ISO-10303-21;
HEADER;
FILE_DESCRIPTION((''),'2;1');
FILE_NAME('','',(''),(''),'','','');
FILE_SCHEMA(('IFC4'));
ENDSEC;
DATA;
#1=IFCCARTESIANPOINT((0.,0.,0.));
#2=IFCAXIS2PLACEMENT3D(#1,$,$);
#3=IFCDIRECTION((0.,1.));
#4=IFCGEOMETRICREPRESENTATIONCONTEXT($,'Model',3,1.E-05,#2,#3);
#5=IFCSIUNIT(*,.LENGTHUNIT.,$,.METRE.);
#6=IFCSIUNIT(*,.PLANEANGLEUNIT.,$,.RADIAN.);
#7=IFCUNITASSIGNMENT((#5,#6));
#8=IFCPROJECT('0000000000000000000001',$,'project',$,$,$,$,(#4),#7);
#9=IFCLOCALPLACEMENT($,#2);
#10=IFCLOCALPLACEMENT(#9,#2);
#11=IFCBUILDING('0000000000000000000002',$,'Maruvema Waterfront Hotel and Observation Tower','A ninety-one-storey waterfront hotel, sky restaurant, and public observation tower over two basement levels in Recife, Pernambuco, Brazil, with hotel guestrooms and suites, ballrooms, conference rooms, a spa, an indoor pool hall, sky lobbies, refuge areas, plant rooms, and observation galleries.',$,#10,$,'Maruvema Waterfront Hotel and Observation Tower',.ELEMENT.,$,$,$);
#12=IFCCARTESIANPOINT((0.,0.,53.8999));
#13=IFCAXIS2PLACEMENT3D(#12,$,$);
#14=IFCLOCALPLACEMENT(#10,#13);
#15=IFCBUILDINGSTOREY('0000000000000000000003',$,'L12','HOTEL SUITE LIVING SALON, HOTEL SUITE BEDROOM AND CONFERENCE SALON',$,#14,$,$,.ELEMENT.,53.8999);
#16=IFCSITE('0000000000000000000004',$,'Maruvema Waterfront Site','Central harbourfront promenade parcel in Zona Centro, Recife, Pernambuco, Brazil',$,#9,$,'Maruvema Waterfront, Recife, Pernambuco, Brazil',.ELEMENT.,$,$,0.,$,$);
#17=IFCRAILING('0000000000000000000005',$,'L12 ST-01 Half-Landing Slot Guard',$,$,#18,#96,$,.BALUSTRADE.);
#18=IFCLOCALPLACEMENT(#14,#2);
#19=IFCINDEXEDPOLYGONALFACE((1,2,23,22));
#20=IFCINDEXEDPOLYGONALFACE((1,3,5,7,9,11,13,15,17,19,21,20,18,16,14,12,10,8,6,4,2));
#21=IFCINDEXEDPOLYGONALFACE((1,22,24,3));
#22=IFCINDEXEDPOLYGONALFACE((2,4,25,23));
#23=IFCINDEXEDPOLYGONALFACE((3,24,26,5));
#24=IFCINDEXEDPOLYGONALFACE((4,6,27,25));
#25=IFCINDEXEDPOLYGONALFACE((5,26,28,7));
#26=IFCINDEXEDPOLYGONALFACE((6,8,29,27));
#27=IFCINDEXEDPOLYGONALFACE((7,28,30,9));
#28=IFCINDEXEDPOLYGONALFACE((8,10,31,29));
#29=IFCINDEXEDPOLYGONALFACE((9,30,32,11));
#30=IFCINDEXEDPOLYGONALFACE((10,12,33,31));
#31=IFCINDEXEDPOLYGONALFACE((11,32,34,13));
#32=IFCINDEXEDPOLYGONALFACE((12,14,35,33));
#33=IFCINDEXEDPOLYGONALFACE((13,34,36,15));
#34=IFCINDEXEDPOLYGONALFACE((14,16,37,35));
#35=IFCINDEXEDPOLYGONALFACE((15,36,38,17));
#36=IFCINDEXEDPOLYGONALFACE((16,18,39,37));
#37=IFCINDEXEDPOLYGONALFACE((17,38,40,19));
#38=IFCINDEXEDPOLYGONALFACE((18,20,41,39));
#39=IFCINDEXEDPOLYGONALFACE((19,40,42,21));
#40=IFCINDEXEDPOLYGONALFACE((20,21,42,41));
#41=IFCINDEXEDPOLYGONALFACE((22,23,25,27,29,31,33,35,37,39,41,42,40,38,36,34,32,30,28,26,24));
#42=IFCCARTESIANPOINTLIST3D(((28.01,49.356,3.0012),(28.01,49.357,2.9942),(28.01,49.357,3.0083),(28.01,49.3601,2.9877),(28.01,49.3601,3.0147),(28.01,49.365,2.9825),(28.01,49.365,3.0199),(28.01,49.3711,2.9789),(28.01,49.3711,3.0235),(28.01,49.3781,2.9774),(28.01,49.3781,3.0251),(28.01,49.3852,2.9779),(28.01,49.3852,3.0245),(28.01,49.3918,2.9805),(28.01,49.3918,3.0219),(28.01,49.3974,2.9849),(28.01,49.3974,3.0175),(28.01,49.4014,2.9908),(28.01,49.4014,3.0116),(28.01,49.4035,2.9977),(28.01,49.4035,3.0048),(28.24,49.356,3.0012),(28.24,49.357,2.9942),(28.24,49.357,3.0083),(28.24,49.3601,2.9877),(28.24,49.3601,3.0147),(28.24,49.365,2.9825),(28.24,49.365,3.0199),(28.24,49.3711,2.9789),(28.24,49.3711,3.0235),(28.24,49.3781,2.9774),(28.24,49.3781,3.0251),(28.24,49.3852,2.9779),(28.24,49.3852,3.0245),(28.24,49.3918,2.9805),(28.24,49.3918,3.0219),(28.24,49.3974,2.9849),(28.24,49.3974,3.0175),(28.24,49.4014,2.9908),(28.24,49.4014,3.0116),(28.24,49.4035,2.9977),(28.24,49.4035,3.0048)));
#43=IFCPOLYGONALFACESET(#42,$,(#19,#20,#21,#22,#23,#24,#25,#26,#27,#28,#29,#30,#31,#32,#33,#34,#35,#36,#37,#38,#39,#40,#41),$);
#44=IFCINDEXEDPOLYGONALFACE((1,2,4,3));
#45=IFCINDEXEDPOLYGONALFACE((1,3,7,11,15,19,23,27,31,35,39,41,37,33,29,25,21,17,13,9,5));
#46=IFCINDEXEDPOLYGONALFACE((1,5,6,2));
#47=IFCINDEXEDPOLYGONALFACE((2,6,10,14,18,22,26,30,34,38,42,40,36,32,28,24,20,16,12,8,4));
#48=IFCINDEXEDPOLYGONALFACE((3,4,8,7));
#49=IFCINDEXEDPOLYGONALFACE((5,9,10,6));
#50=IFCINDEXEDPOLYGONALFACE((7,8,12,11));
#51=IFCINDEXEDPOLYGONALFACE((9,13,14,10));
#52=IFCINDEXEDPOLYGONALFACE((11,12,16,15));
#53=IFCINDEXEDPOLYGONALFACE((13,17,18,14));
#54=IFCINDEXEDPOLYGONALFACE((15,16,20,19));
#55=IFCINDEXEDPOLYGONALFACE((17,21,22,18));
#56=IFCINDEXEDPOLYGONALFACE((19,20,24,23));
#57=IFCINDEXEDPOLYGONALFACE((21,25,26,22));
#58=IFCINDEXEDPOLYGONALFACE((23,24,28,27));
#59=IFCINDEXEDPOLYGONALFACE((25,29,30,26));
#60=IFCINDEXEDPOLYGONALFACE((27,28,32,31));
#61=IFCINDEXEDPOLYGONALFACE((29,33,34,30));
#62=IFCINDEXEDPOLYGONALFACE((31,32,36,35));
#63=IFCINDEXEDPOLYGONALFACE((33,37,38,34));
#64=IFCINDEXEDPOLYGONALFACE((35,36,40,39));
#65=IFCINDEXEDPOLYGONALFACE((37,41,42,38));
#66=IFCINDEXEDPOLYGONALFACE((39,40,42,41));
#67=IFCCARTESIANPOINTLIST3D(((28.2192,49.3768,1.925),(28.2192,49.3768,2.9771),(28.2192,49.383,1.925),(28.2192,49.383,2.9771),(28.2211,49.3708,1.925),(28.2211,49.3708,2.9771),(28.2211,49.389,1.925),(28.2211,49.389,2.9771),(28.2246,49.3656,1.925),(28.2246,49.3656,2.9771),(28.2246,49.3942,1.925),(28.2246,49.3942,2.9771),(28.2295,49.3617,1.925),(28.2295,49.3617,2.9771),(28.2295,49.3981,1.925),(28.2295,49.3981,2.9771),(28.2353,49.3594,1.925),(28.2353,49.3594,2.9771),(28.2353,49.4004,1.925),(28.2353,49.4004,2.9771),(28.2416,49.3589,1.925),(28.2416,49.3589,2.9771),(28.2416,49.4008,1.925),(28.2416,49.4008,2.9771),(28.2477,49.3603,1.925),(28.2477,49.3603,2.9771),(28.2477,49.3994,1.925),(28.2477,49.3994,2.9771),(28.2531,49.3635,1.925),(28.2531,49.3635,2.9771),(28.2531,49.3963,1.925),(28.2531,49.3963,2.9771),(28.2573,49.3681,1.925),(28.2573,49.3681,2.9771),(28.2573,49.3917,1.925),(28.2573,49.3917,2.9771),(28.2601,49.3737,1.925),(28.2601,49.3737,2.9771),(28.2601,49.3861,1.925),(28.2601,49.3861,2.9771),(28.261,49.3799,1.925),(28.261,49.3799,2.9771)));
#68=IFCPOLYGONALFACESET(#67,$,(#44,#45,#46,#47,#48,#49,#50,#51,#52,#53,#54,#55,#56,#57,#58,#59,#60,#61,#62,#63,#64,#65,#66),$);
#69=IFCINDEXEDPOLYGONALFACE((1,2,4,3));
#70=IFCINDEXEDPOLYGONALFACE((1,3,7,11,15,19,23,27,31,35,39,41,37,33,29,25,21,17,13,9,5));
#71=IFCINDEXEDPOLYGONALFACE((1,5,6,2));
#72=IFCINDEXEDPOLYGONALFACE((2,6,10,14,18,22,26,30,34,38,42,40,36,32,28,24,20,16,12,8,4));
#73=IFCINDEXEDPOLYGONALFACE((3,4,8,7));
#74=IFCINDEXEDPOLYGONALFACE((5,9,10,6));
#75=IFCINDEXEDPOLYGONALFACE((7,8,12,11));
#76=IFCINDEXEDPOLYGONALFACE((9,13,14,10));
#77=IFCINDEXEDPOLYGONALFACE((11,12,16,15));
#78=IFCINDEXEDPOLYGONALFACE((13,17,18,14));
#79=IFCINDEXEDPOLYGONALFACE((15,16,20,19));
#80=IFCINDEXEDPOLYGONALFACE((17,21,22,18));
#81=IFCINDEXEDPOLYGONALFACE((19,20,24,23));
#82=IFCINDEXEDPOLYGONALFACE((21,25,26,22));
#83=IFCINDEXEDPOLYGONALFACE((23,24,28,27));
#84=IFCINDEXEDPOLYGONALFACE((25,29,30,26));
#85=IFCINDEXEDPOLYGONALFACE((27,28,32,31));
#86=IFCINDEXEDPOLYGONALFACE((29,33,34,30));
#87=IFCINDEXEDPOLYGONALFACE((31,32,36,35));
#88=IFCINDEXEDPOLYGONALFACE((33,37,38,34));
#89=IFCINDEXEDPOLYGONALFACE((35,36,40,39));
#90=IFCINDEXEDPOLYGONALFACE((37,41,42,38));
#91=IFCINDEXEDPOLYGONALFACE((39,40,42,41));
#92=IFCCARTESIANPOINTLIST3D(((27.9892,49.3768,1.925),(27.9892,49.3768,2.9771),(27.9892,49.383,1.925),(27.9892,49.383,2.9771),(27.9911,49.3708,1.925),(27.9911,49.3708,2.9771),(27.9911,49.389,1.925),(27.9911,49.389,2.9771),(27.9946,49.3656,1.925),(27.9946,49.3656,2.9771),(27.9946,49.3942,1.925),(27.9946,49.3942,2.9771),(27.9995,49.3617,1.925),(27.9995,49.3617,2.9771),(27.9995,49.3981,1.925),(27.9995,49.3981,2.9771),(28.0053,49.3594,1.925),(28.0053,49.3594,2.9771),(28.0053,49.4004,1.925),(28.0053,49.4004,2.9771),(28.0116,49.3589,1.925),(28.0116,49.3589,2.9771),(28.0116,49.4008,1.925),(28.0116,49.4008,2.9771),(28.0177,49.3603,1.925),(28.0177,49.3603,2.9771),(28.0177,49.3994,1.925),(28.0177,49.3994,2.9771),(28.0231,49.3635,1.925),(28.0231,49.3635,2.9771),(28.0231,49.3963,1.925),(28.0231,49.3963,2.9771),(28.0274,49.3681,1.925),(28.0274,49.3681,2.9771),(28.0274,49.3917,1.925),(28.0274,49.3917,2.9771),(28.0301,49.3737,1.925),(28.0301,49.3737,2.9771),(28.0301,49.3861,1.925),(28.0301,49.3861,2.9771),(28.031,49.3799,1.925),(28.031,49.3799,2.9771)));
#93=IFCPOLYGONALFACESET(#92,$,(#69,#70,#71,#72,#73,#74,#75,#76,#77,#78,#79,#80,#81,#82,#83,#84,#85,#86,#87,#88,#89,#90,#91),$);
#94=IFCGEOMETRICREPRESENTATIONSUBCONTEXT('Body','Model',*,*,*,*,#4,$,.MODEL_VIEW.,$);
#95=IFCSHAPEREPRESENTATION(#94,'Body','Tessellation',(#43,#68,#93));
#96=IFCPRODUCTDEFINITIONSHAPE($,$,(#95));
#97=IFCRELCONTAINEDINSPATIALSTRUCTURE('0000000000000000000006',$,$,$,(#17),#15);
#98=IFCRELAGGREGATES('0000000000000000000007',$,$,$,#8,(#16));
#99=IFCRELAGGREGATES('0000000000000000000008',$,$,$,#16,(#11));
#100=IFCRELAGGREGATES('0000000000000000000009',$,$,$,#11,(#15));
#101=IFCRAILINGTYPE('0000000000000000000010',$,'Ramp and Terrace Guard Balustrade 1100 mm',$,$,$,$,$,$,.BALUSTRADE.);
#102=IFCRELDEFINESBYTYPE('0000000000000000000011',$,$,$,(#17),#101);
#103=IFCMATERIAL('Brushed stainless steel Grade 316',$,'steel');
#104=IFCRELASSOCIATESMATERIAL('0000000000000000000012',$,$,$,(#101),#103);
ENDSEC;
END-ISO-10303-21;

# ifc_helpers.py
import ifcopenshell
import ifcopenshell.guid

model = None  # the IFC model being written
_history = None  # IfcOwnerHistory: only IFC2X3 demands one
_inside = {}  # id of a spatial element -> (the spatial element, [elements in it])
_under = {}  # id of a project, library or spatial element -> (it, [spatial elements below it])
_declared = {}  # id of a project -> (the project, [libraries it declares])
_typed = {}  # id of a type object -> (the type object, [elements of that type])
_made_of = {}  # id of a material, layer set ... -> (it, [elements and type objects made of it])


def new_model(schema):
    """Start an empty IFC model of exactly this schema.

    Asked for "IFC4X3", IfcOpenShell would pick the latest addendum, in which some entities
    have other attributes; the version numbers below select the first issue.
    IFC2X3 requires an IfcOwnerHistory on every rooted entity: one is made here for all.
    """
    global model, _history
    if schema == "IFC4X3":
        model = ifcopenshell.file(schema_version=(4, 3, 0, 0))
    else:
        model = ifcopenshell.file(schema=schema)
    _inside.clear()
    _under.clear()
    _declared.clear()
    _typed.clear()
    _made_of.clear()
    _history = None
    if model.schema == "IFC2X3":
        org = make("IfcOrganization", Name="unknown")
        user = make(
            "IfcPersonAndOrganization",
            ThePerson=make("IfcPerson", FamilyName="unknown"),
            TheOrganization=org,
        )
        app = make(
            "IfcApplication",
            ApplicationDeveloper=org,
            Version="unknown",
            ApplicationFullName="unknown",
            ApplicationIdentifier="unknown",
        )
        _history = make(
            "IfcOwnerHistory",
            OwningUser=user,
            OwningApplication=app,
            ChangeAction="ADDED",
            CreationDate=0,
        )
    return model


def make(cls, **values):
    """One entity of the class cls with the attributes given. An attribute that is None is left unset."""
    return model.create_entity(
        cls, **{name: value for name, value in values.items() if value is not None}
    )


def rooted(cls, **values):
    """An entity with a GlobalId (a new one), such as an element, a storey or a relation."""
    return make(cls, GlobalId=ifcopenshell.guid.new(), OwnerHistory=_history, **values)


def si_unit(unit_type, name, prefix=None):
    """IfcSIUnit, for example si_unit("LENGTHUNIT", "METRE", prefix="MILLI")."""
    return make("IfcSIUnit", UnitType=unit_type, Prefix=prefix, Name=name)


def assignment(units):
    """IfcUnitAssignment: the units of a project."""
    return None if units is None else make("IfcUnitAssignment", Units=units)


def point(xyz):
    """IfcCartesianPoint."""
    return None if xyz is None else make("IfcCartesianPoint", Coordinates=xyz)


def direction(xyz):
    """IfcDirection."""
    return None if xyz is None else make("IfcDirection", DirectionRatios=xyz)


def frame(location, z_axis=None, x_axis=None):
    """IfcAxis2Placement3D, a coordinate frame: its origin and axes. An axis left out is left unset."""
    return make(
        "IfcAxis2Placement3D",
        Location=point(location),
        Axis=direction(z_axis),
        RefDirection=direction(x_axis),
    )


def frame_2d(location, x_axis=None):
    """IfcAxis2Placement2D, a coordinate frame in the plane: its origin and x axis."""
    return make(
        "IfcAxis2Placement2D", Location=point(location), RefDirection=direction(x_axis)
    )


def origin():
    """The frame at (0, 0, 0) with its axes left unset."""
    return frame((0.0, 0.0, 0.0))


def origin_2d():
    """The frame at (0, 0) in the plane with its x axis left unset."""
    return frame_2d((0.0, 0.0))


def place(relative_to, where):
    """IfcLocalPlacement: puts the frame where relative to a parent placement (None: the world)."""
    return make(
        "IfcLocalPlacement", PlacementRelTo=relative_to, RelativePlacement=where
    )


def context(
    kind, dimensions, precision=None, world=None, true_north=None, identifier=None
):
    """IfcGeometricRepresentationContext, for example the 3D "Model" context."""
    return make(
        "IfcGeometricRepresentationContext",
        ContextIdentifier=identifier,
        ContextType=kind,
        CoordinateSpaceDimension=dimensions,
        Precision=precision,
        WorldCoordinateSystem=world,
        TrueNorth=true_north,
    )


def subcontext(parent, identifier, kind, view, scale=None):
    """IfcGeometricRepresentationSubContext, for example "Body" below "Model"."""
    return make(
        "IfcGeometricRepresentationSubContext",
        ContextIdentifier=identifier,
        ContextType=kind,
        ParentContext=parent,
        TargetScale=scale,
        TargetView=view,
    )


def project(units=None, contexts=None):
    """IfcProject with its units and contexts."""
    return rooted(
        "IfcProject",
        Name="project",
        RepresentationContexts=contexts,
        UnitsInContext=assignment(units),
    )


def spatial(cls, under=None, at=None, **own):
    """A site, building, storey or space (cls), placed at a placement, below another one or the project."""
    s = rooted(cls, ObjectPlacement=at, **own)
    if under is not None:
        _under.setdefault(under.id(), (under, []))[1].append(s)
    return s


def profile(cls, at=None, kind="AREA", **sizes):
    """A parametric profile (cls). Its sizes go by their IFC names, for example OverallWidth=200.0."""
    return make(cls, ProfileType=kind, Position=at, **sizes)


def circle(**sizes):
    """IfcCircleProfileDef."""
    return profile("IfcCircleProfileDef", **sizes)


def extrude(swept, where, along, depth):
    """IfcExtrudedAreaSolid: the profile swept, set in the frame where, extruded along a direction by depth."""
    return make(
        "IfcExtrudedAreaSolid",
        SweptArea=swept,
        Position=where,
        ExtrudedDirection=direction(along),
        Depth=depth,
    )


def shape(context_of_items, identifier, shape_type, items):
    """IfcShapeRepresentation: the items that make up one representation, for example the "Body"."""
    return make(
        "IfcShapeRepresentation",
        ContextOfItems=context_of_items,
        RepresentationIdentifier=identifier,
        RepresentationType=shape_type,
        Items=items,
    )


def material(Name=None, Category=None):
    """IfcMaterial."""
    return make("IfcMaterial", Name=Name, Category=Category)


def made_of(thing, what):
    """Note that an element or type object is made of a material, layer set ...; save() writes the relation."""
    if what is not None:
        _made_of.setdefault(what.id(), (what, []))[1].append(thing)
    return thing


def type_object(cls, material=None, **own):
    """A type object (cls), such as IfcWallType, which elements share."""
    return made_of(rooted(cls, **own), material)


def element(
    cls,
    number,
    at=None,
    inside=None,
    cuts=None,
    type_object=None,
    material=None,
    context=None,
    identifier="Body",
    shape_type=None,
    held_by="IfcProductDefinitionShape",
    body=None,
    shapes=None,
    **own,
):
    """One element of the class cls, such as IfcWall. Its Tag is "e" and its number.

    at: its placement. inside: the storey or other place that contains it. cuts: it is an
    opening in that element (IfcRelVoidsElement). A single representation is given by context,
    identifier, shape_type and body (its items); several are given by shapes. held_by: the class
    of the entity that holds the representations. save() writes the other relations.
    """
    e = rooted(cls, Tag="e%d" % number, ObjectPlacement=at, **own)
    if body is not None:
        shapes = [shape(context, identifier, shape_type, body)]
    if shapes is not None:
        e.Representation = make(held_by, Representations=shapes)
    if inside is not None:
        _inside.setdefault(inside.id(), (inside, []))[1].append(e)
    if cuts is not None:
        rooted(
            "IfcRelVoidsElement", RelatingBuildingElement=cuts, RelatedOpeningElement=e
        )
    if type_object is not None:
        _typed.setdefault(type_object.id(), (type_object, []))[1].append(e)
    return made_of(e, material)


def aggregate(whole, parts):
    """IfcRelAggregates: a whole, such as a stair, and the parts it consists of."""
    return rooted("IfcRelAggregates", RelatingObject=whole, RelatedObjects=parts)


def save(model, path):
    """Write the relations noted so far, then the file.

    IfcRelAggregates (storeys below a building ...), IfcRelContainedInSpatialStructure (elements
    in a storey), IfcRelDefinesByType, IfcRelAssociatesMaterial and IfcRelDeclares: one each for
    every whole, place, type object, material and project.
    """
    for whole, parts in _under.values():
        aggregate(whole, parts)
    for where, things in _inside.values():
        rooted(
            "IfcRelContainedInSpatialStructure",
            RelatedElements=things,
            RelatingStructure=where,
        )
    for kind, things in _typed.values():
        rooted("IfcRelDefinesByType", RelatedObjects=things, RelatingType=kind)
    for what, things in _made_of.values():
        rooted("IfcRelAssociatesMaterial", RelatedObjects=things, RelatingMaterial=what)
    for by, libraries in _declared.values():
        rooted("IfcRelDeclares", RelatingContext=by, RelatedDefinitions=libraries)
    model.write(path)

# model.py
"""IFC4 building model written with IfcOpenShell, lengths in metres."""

from ifc_helpers import new_model, si_unit, direction, frame, origin, origin_2d, place, context, subcontext, project, spatial, circle, extrude, material, type_object, element, save


model = new_model("IFC4")

# Units and contexts
model_context = context("Model", 3, precision=1e-05, world=origin(), true_north=direction((0.0, 1.0)))
body_context = subcontext(model_context, "Body", "Model", "MODEL_VIEW")
ifc_project = project(units=[si_unit("LENGTHUNIT", "METRE"), si_unit("PLANEANGLEUNIT", "RADIAN")], contexts=[model_context])

# Site, building, storey
site_placement = place(None, origin())
site = spatial("IfcSite", under=ifc_project, at=site_placement, Name="Maruvema Waterfront Site", Description="Central harbourfront promenade parcel in Zona Centro, Recife, Pernambuco, Brazil", LongName="Maruvema Waterfront, Recife, Pernambuco, Brazil", CompositionType="ELEMENT", RefElevation=0.0)
building_placement = place(site_placement, origin())
building = spatial("IfcBuilding", under=site, at=building_placement, Name="Maruvema Waterfront Hotel and Observation Tower", Description="A ninety-one-storey waterfront hotel, sky restaurant, and public observation tower over two basement levels in Recife, Pernambuco, Brazil, with hotel guestrooms and suites, ballrooms, conference rooms, a spa, an indoor pool hall, sky lobbies, refuge areas, plant rooms, and observation galleries.", LongName="Maruvema Waterfront Hotel and Observation Tower", CompositionType="ELEMENT")
storey_placement = place(building_placement, frame((0.0, 0.0, 53.8999)))
storey = spatial("IfcBuildingStorey", under=building, at=storey_placement, Name="L12", Description="HOTEL SUITE LIVING SALON, HOTEL SUITE BEDROOM AND CONFERENCE SALON", CompositionType="ELEMENT", Elevation=53.8999)

# Railing
ifc_material_1 = material(Name="Brushed stainless steel Grade 316", Category="steel")
railing_type_1 = type_object("IfcRailingType", Name="Ramp and Terrace Guard Balustrade 1100 mm", PredefinedType="BALUSTRADE", material=ifc_material_1)
railing_1_placement = place(storey_placement, frame((28.24, 49.3799, 1.925)))
element("IfcRailing", 1, at=railing_1_placement, inside=storey, type_object=railing_type_1, Name="L12 ST-01 Half-Landing Slot Guard", PredefinedType="BALUSTRADE", context=body_context, shape_type="SweptSolid", body=[
    extrude(circle(Radius=0.0239, at=origin_2d()), frame((0.0, 0.0, 1.0762), z_axis=(-1.0, 0.0, 0.0), x_axis=(0.0, -1.0, 0.0)), (0.0, 0.0, 1.0), 0.23),
    extrude(circle(Radius=0.021, at=origin_2d()), origin(), (0.0, 0.0, 1.0), 1.052),
    extrude(circle(Radius=0.021, at=origin_2d()), frame((-0.23, 0.0, 0.0)), (0.0, 0.0, 1.0), 1.052),
])

save(model, "model.ifc")
